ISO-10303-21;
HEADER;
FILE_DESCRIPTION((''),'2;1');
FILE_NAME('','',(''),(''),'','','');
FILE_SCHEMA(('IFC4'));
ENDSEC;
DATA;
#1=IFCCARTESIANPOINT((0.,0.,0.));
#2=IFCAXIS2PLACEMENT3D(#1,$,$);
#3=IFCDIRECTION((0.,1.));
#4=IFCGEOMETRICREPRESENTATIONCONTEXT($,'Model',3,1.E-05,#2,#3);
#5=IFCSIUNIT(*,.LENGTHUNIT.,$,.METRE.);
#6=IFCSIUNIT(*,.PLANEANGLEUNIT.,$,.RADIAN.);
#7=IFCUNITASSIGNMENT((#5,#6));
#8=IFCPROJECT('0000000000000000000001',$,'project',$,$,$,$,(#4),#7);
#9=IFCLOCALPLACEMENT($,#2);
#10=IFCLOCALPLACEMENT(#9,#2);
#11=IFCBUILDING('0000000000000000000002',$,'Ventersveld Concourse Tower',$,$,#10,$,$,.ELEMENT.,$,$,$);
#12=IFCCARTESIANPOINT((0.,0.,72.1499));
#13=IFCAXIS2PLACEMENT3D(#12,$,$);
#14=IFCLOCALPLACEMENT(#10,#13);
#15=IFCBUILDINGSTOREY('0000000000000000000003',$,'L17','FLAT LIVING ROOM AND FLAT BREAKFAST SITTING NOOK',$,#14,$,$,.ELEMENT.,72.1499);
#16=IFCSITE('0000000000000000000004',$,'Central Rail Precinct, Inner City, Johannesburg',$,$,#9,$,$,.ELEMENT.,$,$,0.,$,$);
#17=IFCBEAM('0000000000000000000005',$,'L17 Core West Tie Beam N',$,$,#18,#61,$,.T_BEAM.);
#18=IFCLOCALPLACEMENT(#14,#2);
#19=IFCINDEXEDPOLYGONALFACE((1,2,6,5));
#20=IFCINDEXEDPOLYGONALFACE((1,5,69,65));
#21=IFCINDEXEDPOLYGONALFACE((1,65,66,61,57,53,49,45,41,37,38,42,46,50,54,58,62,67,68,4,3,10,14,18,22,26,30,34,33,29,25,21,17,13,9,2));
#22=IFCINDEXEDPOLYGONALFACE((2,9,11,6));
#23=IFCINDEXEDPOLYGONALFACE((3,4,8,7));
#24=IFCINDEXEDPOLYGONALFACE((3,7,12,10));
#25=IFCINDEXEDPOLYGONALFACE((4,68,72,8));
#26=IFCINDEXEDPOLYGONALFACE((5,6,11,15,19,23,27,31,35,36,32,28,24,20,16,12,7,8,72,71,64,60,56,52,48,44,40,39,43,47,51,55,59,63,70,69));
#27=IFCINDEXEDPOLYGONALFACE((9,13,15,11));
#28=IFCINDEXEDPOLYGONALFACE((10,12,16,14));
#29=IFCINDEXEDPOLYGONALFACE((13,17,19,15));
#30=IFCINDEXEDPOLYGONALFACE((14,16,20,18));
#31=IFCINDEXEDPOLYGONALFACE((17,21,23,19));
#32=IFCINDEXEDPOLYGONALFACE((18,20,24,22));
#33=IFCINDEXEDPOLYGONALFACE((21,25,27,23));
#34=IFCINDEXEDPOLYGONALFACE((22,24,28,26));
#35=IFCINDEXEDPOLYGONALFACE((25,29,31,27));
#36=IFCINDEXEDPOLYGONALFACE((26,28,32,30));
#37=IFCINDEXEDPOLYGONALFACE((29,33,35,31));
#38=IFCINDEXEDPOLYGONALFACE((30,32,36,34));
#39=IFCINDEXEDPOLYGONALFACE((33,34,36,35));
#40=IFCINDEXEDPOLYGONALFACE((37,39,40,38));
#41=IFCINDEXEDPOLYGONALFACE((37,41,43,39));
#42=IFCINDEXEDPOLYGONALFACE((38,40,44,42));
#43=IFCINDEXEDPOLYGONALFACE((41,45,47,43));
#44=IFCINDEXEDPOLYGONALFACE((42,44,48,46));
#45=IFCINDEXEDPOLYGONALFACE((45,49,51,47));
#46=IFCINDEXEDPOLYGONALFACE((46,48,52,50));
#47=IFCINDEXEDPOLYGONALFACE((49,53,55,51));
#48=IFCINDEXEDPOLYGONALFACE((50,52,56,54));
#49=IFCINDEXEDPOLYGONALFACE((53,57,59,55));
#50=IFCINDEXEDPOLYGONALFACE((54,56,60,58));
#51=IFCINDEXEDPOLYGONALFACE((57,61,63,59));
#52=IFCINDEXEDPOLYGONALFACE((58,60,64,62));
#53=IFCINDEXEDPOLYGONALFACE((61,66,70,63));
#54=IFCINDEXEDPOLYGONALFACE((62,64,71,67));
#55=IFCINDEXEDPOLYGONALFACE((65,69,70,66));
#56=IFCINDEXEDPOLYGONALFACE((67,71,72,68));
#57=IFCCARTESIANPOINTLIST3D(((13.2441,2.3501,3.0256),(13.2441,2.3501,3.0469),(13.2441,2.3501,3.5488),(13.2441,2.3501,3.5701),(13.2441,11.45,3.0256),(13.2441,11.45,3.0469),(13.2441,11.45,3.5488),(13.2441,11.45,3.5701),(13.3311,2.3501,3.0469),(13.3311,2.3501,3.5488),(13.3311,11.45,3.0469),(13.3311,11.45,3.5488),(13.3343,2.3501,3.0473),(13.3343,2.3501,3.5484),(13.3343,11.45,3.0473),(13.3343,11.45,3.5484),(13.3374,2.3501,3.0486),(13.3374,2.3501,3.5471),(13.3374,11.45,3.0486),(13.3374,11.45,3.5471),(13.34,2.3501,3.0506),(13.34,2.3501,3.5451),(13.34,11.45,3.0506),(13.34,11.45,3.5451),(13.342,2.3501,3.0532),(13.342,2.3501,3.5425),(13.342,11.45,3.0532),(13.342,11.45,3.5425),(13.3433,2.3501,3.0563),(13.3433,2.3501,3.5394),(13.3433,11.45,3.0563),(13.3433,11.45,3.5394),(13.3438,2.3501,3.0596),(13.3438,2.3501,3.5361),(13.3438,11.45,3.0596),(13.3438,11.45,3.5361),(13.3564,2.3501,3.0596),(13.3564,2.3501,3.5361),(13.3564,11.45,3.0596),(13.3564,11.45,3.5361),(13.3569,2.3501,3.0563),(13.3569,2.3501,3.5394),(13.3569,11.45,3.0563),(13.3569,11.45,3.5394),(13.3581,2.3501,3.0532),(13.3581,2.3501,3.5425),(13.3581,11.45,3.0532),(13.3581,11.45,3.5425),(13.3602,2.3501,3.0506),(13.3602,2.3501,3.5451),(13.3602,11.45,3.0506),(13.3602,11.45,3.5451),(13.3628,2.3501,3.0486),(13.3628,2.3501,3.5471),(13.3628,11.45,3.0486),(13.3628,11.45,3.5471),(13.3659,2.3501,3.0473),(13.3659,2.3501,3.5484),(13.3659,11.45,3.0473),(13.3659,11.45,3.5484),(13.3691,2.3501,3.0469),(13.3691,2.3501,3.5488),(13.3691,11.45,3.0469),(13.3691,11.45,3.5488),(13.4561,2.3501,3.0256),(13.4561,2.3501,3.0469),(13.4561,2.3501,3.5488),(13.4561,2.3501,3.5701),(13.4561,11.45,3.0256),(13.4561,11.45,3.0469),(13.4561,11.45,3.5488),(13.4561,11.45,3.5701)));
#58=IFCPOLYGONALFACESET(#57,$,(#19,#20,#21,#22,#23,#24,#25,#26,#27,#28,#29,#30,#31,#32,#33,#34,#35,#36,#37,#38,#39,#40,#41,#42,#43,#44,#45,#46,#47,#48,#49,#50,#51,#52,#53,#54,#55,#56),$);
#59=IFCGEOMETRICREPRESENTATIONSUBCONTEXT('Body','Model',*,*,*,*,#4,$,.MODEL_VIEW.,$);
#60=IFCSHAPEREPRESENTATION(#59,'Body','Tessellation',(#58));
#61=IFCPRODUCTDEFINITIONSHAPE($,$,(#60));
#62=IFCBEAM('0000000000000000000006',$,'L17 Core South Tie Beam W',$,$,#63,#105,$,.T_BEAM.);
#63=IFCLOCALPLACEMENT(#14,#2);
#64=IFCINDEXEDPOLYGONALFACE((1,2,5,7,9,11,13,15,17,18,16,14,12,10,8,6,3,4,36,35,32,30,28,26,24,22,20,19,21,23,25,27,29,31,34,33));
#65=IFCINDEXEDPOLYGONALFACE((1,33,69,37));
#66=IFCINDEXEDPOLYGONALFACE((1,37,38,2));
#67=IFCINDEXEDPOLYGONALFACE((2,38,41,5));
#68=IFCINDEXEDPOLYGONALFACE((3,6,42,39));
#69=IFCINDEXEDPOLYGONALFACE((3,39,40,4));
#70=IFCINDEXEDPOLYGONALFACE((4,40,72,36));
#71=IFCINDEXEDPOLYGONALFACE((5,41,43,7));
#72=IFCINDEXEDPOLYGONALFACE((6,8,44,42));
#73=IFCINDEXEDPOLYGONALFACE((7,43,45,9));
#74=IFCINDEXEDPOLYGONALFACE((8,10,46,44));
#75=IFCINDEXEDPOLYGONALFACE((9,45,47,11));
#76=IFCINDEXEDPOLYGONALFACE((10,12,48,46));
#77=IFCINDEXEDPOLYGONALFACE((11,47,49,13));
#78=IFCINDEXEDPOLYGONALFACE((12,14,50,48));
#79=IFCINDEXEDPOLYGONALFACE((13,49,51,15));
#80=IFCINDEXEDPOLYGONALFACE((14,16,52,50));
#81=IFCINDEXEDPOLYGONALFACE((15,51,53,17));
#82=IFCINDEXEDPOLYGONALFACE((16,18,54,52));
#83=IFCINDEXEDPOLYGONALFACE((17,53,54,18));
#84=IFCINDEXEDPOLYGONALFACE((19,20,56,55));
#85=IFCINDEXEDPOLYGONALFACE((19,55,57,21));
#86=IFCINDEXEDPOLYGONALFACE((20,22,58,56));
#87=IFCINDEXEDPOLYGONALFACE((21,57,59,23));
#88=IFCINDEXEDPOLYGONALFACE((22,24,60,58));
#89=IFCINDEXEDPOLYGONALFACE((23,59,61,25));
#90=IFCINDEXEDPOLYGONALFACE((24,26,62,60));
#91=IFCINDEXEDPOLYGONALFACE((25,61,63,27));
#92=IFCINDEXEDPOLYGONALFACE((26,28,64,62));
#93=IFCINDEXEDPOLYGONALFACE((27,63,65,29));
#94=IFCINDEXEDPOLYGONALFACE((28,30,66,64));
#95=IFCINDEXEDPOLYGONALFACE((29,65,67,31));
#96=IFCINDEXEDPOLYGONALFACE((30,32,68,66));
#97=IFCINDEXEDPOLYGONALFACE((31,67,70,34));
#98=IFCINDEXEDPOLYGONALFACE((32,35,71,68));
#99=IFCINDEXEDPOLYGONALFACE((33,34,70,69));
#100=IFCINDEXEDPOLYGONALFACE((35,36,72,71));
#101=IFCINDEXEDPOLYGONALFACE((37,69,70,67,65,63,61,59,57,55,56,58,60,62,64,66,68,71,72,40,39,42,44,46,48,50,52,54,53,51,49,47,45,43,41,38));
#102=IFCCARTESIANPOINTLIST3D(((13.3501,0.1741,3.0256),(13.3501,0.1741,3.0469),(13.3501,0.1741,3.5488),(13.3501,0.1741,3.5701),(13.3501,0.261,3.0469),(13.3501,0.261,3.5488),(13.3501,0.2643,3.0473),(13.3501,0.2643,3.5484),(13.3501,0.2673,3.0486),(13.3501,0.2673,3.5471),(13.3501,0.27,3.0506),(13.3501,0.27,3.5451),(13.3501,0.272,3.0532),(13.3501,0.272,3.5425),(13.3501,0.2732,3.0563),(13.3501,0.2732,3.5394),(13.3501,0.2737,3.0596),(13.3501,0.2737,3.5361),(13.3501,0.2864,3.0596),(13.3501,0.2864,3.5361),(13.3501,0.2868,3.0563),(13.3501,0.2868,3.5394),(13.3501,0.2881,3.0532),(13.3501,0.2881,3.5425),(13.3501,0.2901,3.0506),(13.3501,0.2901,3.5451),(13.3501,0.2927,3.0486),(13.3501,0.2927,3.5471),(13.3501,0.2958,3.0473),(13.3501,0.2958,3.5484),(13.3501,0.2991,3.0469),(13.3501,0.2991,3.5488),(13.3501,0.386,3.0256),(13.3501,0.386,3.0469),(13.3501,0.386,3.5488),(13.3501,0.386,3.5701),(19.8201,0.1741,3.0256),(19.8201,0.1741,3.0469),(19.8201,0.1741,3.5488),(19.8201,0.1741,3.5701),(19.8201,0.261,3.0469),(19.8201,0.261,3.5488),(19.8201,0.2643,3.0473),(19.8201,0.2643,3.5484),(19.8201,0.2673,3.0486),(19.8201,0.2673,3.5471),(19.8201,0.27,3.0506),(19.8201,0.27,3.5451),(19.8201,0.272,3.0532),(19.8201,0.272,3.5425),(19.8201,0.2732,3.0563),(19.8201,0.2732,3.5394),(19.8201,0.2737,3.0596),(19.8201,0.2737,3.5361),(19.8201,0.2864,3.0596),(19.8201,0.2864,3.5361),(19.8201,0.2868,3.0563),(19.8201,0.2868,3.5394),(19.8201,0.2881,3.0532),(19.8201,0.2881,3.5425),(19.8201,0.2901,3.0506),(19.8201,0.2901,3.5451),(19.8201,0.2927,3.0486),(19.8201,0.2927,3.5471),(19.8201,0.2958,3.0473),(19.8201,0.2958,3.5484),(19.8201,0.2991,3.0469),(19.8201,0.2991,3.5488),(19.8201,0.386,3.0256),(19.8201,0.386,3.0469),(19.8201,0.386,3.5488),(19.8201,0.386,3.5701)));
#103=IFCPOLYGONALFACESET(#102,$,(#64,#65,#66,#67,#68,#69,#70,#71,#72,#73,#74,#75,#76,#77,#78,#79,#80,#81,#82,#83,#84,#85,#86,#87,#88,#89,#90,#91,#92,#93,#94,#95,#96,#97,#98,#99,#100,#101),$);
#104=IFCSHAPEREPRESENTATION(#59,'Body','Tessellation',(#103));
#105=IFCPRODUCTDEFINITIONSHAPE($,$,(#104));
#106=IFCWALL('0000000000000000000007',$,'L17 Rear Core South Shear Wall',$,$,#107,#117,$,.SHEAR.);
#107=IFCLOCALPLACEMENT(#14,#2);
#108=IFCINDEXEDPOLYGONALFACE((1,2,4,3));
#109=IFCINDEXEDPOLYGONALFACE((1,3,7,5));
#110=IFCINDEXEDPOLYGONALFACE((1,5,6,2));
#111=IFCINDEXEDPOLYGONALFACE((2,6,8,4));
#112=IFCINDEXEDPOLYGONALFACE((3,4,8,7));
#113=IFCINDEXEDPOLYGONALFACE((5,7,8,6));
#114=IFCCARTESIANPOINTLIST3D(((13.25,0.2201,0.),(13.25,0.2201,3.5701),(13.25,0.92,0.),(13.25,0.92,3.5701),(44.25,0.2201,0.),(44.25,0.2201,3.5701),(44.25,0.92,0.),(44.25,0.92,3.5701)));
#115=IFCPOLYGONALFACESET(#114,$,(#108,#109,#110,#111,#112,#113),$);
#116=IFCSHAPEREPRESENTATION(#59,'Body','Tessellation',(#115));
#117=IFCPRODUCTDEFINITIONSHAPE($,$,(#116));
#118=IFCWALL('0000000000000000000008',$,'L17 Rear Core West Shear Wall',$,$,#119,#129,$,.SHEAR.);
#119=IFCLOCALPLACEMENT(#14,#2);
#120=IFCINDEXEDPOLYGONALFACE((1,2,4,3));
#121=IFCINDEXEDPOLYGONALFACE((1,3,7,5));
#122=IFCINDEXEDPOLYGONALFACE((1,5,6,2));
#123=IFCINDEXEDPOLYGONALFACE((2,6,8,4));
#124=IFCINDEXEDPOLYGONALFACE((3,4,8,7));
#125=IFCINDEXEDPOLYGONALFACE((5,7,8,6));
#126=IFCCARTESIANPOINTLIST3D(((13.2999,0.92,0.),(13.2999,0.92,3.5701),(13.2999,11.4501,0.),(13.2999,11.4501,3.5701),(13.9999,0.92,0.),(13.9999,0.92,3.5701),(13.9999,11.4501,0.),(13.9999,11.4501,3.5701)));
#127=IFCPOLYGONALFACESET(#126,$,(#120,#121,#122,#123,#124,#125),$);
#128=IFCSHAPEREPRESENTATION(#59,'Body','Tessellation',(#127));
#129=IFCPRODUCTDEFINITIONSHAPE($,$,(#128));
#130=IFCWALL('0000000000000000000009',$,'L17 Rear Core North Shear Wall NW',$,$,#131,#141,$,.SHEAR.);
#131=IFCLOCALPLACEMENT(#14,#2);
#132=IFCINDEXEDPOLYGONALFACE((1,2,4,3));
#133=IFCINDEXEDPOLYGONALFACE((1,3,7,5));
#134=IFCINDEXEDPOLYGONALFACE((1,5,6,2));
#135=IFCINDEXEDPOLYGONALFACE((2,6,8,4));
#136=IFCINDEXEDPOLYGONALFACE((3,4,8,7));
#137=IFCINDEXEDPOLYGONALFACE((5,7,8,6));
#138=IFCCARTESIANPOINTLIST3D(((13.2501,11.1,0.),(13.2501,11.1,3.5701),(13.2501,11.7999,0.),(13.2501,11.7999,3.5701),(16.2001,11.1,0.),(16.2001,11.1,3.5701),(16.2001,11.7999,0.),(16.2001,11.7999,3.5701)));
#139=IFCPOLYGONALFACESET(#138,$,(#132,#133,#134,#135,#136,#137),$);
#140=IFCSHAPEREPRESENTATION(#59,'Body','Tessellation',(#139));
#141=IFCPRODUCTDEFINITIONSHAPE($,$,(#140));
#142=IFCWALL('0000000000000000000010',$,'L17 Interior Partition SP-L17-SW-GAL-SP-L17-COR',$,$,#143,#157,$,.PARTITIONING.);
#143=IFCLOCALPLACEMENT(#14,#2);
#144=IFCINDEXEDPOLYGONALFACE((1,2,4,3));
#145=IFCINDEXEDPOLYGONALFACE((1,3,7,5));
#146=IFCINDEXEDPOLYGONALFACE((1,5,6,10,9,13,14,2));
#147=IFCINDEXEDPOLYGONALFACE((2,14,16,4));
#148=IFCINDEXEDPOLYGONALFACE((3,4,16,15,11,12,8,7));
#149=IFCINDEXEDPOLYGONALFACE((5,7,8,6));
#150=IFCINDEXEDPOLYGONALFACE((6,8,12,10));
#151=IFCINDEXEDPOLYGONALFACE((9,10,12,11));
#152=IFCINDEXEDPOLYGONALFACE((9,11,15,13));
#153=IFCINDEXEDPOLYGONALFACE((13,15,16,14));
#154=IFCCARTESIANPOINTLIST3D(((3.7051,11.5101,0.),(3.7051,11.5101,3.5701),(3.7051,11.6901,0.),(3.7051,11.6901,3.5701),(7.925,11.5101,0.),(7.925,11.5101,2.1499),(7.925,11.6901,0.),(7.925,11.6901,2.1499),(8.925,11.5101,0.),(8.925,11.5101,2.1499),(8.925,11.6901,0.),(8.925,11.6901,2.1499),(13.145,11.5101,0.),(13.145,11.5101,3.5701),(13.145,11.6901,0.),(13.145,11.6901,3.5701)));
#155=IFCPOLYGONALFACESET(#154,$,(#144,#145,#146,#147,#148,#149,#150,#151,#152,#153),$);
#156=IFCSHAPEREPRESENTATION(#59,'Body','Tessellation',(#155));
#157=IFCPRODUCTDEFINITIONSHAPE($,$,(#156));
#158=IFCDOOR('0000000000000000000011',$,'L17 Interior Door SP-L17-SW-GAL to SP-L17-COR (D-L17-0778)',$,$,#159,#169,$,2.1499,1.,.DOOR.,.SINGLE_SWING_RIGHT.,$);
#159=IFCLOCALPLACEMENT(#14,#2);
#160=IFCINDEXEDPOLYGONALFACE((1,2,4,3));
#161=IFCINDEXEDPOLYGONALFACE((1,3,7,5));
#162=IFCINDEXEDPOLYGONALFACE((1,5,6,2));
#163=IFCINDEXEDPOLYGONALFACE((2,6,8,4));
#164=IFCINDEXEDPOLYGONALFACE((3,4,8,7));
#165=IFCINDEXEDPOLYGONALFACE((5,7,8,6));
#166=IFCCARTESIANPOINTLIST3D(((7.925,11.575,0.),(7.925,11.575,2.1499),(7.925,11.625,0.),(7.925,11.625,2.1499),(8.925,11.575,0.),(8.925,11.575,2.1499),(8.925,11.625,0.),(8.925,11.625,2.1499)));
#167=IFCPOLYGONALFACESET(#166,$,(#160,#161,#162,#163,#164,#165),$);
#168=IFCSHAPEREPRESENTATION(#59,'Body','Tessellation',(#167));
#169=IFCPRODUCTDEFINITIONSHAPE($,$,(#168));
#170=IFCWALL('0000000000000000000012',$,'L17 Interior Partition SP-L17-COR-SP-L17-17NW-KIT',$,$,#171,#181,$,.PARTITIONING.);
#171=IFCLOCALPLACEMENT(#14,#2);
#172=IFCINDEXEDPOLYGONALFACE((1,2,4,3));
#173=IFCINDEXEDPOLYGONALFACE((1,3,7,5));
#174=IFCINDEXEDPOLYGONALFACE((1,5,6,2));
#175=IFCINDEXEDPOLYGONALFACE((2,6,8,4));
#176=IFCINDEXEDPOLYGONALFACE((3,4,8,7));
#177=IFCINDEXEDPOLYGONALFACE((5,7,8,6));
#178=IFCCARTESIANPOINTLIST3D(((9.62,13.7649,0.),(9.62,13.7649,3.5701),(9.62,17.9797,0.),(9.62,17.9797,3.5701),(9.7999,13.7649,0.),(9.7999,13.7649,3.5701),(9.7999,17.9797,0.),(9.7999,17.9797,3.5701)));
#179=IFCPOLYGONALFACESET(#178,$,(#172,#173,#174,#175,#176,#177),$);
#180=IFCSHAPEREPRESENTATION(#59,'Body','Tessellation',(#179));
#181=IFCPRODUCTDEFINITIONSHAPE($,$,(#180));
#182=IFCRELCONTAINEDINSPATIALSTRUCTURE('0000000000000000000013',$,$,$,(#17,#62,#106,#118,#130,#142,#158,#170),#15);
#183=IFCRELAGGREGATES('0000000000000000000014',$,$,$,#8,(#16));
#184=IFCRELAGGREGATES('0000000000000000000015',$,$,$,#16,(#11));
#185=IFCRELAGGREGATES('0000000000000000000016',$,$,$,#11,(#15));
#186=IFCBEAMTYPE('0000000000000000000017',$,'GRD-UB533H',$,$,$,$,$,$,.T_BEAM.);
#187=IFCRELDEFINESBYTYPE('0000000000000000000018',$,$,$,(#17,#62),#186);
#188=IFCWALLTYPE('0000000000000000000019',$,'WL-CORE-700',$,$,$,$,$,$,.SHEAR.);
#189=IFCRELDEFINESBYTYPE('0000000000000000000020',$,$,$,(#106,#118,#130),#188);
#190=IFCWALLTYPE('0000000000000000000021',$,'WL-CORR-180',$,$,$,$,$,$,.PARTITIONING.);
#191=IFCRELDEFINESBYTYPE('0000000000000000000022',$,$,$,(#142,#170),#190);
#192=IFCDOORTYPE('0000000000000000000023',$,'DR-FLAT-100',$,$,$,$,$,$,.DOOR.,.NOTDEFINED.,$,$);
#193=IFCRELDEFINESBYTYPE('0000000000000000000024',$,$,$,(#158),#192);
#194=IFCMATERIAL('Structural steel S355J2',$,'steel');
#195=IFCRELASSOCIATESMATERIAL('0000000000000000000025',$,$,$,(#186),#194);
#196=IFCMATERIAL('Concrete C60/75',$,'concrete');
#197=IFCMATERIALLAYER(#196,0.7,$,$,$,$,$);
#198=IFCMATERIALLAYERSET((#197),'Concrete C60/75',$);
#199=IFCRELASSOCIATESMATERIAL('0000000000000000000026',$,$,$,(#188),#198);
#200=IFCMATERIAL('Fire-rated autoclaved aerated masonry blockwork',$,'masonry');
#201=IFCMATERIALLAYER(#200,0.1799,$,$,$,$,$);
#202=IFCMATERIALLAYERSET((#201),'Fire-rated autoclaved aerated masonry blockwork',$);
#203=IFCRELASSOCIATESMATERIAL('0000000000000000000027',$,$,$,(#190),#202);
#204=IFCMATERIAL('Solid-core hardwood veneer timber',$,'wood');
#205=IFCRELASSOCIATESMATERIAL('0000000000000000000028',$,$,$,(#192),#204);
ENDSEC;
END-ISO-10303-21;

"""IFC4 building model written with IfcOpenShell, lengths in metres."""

from ifc_helpers import new_model, si_unit, direction, frame, frame_2d, origin, origin_2d, place, context, subcontext, project, spatial, rectangle, i_section, extrude, material, layer, layer_set, material_profile, profile_set, type_object, element, fill, save


model = new_model("IFC4")

# Units and contexts
model_context = context("Model", 3, precision=1e-05, world=origin(), true_north=direction((0.0, 1.0)))
body_context = subcontext(model_context, "Body", "Model", "MODEL_VIEW")
ifc_project = project(units=[si_unit("LENGTHUNIT", "METRE"), si_unit("PLANEANGLEUNIT", "RADIAN")], contexts=[model_context])

# Site, building, storey
site_placement = place(None, origin())
site = spatial("IfcSite", under=ifc_project, at=site_placement, Name="Central Rail Precinct, Inner City, Johannesburg", CompositionType="ELEMENT", RefElevation=0.0)
building_placement = place(site_placement, origin())
building = spatial("IfcBuilding", under=site, at=building_placement, Name="Ventersveld Concourse Tower", CompositionType="ELEMENT")
storey_placement = place(building_placement, frame((0.0, 0.0, 72.1499)))
storey = spatial("IfcBuildingStorey", under=building, at=storey_placement, Name="L17", Description="FLAT LIVING ROOM AND FLAT BREAKFAST SITTING NOOK", CompositionType="ELEMENT", Elevation=72.1499)

# Beams
ifc_material_1 = material(Name="Structural steel S355J2", Category="steel")
ifc_material_profile_1 = material_profile(ifc_material_1, i_section(OverallWidth=0.2119, OverallDepth=0.5444, WebThickness=0.0127, FlangeThickness=0.0212, FilletRadius=0.0127, at=origin_2d()), Name="UB 533x210x122")
ifc_profile_set_1 = profile_set([ifc_material_profile_1], Name="Structural steel S355J2")
beam_type_1 = type_object("IfcBeamType", Name="GRD-UB533H", PredefinedType="T_BEAM", material=ifc_profile_set_1)
beam_1_placement = place(storey_placement, frame((13.3501, 2.3501, 3.2979), z_axis=(0.0, 1.0, 0.0), x_axis=(-1.0, 0.0, 0.0)))
element("IfcBeam", 1, at=beam_1_placement, inside=storey, type_object=beam_type_1, Name="L17 Core West Tie Beam N", PredefinedType="T_BEAM", context=body_context, shape_type="SweptSolid", body=[
    extrude(i_section(OverallWidth=0.2119, OverallDepth=0.5444, WebThickness=0.0127, FlangeThickness=0.0212, FilletRadius=0.0127, at=origin_2d()), origin(), (0.0, 0.0, 1.0), 9.0999),
])
beam_2_placement = place(storey_placement, frame((13.3501, 0.28, 3.2979), z_axis=(1.0, 0.0, 0.0), x_axis=(0.0, 1.0, 0.0)))
element("IfcBeam", 2, at=beam_2_placement, inside=storey, type_object=beam_type_1, Name="L17 Core South Tie Beam W", PredefinedType="T_BEAM", context=body_context, shape_type="SweptSolid", body=[
    extrude(i_section(OverallWidth=0.2119, OverallDepth=0.5444, WebThickness=0.0127, FlangeThickness=0.0212, FilletRadius=0.0127, at=origin_2d()), origin(), (0.0, 0.0, 1.0), 6.47),
])

# Walls
ifc_material_2 = material(Name="Concrete C60/75", Category="concrete")
ifc_layer_1 = layer(ifc_material_2, 0.7)
ifc_layer_set_1 = layer_set([ifc_layer_1], Name="Concrete C60/75")
wall_type_1 = type_object("IfcWallType", Name="WL-CORE-700", PredefinedType="SHEAR", material=ifc_layer_set_1)
wall_1_placement = place(storey_placement, frame((13.25, 0.5701, 0.0), z_axis=(0.0, 0.0, 1.0), x_axis=(1.0, 0.0, 0.0)))
element("IfcWall", 3, at=wall_1_placement, inside=storey, type_object=wall_type_1, Name="L17 Rear Core South Shear Wall", PredefinedType="SHEAR", context=body_context, shape_type="SweptSolid", body=[
    extrude(rectangle(XDim=31.0, YDim=0.7, at=frame_2d((15.5, 0.0))), origin(), (0.0, 0.0, 1.0), 3.5701),
])
wall_2_placement = place(storey_placement, frame((13.6499, 0.9199, 0.0), z_axis=(0.0, 0.0, 1.0), x_axis=(0.0, 1.0, 0.0)))
element("IfcWall", 4, at=wall_2_placement, inside=storey, type_object=wall_type_1, Name="L17 Rear Core West Shear Wall", PredefinedType="SHEAR", context=body_context, shape_type="SweptSolid", body=[
    extrude(rectangle(XDim=10.53, YDim=0.7, at=frame_2d((5.2651, 0.0))), origin(), (0.0, 0.0, 1.0), 3.5701),
])
wall_3_placement = place(storey_placement, frame((13.25, 11.45, 0.0), z_axis=(0.0, 0.0, 1.0), x_axis=(1.0, 0.0, 0.0)))
element("IfcWall", 5, at=wall_3_placement, inside=storey, type_object=wall_type_1, Name="L17 Rear Core North Shear Wall NW", PredefinedType="SHEAR", context=body_context, shape_type="SweptSolid", body=[
    extrude(rectangle(XDim=2.95, YDim=0.7, at=frame_2d((1.4751, 0.0))), origin(), (0.0, 0.0, 1.0), 3.5701),
])

# Wall, opening, door
ifc_material_3 = material(Name="Fire-rated autoclaved aerated masonry blockwork", Category="masonry")
ifc_layer_2 = layer(ifc_material_3, 0.1799)
ifc_layer_set_2 = layer_set([ifc_layer_2], Name="Fire-rated autoclaved aerated masonry blockwork")
wall_type_2 = type_object("IfcWallType", Name="WL-CORR-180", PredefinedType="PARTITIONING", material=ifc_layer_set_2)
wall_4_placement = place(storey_placement, frame((3.7051, 11.6001, 0.0), z_axis=(0.0, 0.0, 1.0), x_axis=(1.0, 0.0, 0.0)))
wall_4 = element("IfcWall", 6, at=wall_4_placement, inside=storey, type_object=wall_type_2, Name="L17 Interior Partition SP-L17-SW-GAL-SP-L17-COR", PredefinedType="PARTITIONING", context=body_context, shape_type="SweptSolid", body=[
    extrude(rectangle(XDim=9.4399, YDim=0.1799, at=frame_2d((4.72, 0.0))), origin(), (0.0, 0.0, 1.0), 3.5701),
])
opening_1_placement = place(wall_4_placement, frame((4.22, 0.0, 0.0)))
opening_1 = element("IfcOpeningElement", 7, at=opening_1_placement, cuts=wall_4, PredefinedType="OPENING", context=body_context, shape_type="SweptSolid", body=[
    extrude(rectangle(XDim=1.0, YDim=2.1499, at=frame_2d((0.5, 1.075))), frame((0.0, 0.1001, 0.0), z_axis=(0.0, -1.0, 0.0), x_axis=(1.0, 0.0, 0.0)), (0.0, 0.0, 1.0), 0.2),
])
ifc_material_4 = material(Name="Solid-core hardwood veneer timber", Category="wood")
door_type_1 = type_object("IfcDoorType", Name="DR-FLAT-100", OperationType="NOTDEFINED", PredefinedType="DOOR", material=ifc_material_4)
door_1_placement = place(opening_1_placement, origin())
door_1 = element("IfcDoor", 8, at=door_1_placement, inside=storey, type_object=door_type_1, Name="L17 Interior Door SP-L17-SW-GAL to SP-L17-COR (D-L17-0778)", OperationType="SINGLE_SWING_RIGHT", OverallHeight=2.1499, OverallWidth=1.0, PredefinedType="DOOR", context=body_context, shape_type="SweptSolid", body=[
    extrude(rectangle(XDim=1.0, YDim=2.1499, at=frame_2d((0.5, 1.075))), frame((0.0, 0.0249, 0.0), z_axis=(0.0, -1.0, 0.0), x_axis=(1.0, 0.0, 0.0)), (0.0, 0.0, 1.0), 0.05),
])
fill(opening_1, door_1)

# Wall
wall_5_placement = place(storey_placement, frame((9.71, 13.7649, 0.0), z_axis=(0.0, 0.0, 1.0), x_axis=(0.0, 1.0, 0.0)))
element("IfcWall", 9, at=wall_5_placement, inside=storey, type_object=wall_type_2, Name="L17 Interior Partition SP-L17-COR-SP-L17-17NW-KIT", PredefinedType="PARTITIONING", context=body_context, shape_type="SweptSolid", body=[
    extrude(rectangle(XDim=4.2148, YDim=0.1799, at=frame_2d((2.1074, 0.0))), origin(), (0.0, 0.0, 1.0), 3.5701),
])

save(model, "model.ifc")
